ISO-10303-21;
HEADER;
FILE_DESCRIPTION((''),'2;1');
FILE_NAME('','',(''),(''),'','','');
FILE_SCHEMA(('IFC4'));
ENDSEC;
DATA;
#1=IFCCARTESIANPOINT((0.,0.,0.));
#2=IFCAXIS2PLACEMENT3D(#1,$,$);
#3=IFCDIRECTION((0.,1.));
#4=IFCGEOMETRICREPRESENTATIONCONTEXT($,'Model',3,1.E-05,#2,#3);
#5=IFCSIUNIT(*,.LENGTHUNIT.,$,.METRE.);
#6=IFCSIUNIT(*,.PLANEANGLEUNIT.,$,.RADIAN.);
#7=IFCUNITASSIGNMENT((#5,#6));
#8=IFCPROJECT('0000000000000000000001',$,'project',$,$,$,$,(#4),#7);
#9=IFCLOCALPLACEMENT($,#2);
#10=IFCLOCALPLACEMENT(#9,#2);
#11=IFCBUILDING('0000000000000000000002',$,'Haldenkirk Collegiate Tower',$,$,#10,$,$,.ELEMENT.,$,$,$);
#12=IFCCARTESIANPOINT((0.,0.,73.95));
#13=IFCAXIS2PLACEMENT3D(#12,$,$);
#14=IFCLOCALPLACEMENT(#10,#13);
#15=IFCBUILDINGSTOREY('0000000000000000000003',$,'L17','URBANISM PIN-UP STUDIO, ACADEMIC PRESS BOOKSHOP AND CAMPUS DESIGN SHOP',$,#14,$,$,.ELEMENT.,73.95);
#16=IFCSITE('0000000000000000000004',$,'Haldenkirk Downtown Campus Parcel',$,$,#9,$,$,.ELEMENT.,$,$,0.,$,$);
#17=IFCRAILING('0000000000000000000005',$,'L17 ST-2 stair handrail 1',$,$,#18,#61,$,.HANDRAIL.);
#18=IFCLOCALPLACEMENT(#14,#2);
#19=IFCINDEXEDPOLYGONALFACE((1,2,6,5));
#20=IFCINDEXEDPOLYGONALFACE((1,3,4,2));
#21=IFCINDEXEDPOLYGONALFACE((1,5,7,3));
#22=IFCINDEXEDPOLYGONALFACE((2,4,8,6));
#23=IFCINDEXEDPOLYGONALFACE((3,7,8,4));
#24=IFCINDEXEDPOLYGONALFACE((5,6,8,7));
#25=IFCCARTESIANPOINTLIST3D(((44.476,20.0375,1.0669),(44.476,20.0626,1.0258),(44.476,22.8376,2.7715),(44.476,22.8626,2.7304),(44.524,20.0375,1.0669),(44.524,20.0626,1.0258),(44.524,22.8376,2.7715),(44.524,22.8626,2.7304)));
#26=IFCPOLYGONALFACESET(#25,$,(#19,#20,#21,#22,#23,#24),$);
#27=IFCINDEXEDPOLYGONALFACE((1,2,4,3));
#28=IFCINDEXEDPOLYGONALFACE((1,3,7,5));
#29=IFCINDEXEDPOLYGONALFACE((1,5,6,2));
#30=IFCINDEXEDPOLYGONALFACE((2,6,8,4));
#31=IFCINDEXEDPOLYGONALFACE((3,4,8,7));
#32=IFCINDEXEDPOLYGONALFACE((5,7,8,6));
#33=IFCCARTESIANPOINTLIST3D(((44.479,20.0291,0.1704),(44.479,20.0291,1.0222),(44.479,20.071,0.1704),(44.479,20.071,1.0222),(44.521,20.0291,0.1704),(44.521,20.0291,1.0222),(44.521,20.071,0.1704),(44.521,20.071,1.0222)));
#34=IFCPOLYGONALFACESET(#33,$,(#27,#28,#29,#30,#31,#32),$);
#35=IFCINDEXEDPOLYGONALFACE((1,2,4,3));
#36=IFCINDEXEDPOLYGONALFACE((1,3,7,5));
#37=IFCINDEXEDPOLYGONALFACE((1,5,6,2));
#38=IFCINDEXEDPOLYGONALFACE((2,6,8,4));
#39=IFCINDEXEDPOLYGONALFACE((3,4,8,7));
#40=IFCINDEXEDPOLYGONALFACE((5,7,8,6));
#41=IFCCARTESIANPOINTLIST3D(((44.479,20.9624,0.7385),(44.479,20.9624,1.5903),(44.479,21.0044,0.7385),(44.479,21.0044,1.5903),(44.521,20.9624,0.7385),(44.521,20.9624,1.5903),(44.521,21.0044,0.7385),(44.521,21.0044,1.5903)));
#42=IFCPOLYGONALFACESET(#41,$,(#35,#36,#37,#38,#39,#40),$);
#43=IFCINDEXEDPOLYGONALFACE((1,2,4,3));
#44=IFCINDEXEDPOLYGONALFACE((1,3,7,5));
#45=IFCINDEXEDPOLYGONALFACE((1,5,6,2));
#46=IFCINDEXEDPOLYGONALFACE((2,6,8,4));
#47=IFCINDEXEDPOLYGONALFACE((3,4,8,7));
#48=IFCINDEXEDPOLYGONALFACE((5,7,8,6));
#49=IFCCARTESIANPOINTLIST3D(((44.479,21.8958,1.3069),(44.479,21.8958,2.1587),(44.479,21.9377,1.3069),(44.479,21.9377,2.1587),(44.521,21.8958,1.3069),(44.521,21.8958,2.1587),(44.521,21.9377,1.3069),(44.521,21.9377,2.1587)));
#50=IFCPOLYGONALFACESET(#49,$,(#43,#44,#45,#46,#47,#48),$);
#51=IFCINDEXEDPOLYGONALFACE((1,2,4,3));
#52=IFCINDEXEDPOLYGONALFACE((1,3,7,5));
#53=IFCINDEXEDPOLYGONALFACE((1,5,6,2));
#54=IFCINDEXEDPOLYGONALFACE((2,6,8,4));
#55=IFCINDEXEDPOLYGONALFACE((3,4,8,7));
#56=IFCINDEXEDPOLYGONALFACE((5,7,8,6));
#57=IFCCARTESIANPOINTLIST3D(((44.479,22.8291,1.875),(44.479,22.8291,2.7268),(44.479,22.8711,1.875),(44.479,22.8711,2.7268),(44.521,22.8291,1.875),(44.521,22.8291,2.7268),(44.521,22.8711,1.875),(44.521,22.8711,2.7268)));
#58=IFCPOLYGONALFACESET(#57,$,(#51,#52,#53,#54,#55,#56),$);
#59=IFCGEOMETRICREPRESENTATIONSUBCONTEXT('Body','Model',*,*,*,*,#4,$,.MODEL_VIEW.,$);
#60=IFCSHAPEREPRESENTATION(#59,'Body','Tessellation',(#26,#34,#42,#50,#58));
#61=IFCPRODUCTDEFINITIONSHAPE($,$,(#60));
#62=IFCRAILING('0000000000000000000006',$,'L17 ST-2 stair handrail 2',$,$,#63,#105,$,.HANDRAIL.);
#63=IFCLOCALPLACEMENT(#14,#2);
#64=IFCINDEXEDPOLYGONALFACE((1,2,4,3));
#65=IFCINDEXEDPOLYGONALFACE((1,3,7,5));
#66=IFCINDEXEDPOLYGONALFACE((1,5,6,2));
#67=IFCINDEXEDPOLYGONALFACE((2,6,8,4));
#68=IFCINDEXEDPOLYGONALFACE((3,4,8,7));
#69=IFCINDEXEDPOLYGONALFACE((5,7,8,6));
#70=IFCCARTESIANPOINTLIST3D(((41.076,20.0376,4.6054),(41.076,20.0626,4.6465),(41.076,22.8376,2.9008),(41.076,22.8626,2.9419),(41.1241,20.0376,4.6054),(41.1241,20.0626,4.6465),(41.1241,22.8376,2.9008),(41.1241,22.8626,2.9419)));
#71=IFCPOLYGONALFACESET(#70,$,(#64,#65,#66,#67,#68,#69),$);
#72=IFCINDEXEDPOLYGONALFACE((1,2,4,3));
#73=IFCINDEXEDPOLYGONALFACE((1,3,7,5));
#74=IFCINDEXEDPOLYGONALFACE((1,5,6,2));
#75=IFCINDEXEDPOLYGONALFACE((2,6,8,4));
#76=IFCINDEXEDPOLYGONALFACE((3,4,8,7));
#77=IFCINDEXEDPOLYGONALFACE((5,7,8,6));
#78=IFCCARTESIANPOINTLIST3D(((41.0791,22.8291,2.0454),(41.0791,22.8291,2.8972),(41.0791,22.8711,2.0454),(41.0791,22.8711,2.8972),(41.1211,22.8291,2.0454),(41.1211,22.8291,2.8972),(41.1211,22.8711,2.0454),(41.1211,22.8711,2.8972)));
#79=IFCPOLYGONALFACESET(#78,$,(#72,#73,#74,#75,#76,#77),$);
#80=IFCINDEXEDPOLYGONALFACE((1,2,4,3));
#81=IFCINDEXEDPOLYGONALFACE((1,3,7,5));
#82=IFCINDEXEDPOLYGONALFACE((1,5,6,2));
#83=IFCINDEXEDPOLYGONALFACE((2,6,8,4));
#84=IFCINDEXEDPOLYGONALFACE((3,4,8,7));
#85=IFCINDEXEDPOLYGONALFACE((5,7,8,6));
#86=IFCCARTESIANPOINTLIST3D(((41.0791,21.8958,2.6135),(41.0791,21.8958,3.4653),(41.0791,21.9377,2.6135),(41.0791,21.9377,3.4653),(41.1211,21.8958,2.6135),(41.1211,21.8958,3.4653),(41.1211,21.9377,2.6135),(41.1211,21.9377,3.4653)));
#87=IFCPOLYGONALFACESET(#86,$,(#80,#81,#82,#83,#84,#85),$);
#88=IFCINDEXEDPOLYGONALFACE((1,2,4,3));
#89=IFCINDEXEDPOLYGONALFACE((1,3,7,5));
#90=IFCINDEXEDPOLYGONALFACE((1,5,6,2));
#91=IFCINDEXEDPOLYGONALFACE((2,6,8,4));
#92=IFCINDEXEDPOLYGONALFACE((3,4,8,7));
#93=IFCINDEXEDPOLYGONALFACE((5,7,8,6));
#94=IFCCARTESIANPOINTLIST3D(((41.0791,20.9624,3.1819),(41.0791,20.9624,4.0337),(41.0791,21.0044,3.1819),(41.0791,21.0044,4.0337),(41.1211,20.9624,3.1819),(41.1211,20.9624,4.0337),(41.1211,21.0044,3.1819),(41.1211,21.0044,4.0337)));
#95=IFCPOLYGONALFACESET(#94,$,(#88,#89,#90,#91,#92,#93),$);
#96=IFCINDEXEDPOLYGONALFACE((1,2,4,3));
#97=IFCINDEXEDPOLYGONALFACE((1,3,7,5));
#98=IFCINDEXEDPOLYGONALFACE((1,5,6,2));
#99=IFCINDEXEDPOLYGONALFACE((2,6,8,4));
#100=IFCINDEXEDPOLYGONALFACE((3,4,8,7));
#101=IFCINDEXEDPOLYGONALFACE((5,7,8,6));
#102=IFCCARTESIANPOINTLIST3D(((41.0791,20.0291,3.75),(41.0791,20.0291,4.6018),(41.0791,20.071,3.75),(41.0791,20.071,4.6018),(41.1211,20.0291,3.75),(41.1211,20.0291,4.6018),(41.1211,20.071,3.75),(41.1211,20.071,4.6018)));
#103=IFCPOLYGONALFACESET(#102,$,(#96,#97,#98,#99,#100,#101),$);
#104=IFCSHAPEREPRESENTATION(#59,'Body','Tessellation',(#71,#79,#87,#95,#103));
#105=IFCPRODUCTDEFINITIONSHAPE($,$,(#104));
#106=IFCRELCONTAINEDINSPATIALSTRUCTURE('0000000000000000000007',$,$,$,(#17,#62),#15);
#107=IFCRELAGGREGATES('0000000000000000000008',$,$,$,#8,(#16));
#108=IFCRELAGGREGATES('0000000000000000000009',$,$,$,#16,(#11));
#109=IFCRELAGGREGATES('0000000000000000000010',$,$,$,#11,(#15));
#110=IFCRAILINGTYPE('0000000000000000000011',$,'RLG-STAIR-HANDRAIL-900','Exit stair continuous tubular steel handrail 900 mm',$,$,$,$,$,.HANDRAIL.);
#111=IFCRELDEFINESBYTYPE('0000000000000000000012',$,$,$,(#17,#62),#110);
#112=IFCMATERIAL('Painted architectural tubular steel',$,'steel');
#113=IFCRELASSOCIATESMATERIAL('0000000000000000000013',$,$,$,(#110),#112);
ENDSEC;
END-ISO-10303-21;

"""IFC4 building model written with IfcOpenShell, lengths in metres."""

from ifc_helpers import new_model, si_unit, direction, frame, origin, origin_2d, place, context, subcontext, project, spatial, rectangle, extrude, material, type_object, element, save


model = new_model("IFC4")

# Units and contexts
model_context = context("Model", 3, precision=1e-05, world=origin(), true_north=direction((0.0, 1.0)))
body_context = subcontext(model_context, "Body", "Model", "MODEL_VIEW")
ifc_project = project(units=[si_unit("LENGTHUNIT", "METRE"), si_unit("PLANEANGLEUNIT", "RADIAN")], contexts=[model_context])

# Site, building, storey
site_placement = place(None, origin())
site = spatial("IfcSite", under=ifc_project, at=site_placement, Name="Haldenkirk Downtown Campus Parcel", CompositionType="ELEMENT", RefElevation=0.0)
building_placement = place(site_placement, origin())
building = spatial("IfcBuilding", under=site, at=building_placement, Name="Haldenkirk Collegiate Tower", CompositionType="ELEMENT")
storey_placement = place(building_placement, frame((0.0, 0.0, 73.95)))
storey = spatial("IfcBuildingStorey", under=building, at=storey_placement, Name="L17", Description="URBANISM PIN-UP STUDIO, ACADEMIC PRESS BOOKSHOP AND CAMPUS DESIGN SHOP", CompositionType="ELEMENT", Elevation=73.95)

# Railings
ifc_material_1 = material(Name="Painted architectural tubular steel", Category="steel")
railing_type_1 = type_object("IfcRailingType", Name="RLG-STAIR-HANDRAIL-900", Description="Exit stair continuous tubular steel handrail 900 mm", PredefinedType="HANDRAIL", material=ifc_material_1)
railing_1_placement = place(storey_placement, frame((44.5, 20.05, 0.1704)))
element("IfcRailing", 1, at=railing_1_placement, inside=storey, type_object=railing_type_1, Name="L17 ST-2 stair handrail 1", PredefinedType="HANDRAIL", context=body_context, shape_type="SweptSolid", body=[
    extrude(rectangle(XDim=0.0481, YDim=0.0481, at=origin_2d()), frame((0.0, 0.0, 0.876), z_axis=(0.0, 0.85417, 0.519994), x_axis=(-1.0, 0.0, 0.0)), (0.0, 0.0, 1.0), 3.2781),
    extrude(rectangle(XDim=0.042, YDim=0.042, at=origin_2d()), origin(), (0.0, 0.0, 1.0), 0.8518),
    extrude(rectangle(XDim=0.042, YDim=0.042, at=origin_2d()), frame((0.0, 0.9333, 0.5681)), (0.0, 0.0, 1.0), 0.8518),
    extrude(rectangle(XDim=0.042, YDim=0.042, at=origin_2d()), frame((0.0, 1.8667, 1.1365)), (0.0, 0.0, 1.0), 0.8518),
    extrude(rectangle(XDim=0.042, YDim=0.042, at=origin_2d()), frame((0.0, 2.8, 1.7046)), (0.0, 0.0, 1.0), 0.8518),
])
railing_2_placement = place(storey_placement, frame((41.1001, 22.8501, 2.0454)))
element("IfcRailing", 2, at=railing_2_placement, inside=storey, type_object=railing_type_1, Name="L17 ST-2 stair handrail 2", PredefinedType="HANDRAIL", context=body_context, shape_type="SweptSolid", body=[
    extrude(rectangle(XDim=0.0481, YDim=0.0481, at=origin_2d()), frame((0.0, 0.0, 0.876), z_axis=(0.0, -0.85417, 0.519994), x_axis=(1.0, 0.0, 0.0)), (0.0, 0.0, 1.0), 3.2781),
    extrude(rectangle(XDim=0.042, YDim=0.042, at=origin_2d()), origin(), (0.0, 0.0, 1.0), 0.8518),
    extrude(rectangle(XDim=0.042, YDim=0.042, at=origin_2d()), frame((0.0, -0.9333, 0.5681)), (0.0, 0.0, 1.0), 0.8518),
    extrude(rectangle(XDim=0.042, YDim=0.042, at=origin_2d()), frame((0.0, -1.8667, 1.1365)), (0.0, 0.0, 1.0), 0.8518),
    extrude(rectangle(XDim=0.042, YDim=0.042, at=origin_2d()), frame((0.0, -2.8, 1.7046)), (0.0, 0.0, 1.0), 0.8518),
])

save(model, "model.ifc")
